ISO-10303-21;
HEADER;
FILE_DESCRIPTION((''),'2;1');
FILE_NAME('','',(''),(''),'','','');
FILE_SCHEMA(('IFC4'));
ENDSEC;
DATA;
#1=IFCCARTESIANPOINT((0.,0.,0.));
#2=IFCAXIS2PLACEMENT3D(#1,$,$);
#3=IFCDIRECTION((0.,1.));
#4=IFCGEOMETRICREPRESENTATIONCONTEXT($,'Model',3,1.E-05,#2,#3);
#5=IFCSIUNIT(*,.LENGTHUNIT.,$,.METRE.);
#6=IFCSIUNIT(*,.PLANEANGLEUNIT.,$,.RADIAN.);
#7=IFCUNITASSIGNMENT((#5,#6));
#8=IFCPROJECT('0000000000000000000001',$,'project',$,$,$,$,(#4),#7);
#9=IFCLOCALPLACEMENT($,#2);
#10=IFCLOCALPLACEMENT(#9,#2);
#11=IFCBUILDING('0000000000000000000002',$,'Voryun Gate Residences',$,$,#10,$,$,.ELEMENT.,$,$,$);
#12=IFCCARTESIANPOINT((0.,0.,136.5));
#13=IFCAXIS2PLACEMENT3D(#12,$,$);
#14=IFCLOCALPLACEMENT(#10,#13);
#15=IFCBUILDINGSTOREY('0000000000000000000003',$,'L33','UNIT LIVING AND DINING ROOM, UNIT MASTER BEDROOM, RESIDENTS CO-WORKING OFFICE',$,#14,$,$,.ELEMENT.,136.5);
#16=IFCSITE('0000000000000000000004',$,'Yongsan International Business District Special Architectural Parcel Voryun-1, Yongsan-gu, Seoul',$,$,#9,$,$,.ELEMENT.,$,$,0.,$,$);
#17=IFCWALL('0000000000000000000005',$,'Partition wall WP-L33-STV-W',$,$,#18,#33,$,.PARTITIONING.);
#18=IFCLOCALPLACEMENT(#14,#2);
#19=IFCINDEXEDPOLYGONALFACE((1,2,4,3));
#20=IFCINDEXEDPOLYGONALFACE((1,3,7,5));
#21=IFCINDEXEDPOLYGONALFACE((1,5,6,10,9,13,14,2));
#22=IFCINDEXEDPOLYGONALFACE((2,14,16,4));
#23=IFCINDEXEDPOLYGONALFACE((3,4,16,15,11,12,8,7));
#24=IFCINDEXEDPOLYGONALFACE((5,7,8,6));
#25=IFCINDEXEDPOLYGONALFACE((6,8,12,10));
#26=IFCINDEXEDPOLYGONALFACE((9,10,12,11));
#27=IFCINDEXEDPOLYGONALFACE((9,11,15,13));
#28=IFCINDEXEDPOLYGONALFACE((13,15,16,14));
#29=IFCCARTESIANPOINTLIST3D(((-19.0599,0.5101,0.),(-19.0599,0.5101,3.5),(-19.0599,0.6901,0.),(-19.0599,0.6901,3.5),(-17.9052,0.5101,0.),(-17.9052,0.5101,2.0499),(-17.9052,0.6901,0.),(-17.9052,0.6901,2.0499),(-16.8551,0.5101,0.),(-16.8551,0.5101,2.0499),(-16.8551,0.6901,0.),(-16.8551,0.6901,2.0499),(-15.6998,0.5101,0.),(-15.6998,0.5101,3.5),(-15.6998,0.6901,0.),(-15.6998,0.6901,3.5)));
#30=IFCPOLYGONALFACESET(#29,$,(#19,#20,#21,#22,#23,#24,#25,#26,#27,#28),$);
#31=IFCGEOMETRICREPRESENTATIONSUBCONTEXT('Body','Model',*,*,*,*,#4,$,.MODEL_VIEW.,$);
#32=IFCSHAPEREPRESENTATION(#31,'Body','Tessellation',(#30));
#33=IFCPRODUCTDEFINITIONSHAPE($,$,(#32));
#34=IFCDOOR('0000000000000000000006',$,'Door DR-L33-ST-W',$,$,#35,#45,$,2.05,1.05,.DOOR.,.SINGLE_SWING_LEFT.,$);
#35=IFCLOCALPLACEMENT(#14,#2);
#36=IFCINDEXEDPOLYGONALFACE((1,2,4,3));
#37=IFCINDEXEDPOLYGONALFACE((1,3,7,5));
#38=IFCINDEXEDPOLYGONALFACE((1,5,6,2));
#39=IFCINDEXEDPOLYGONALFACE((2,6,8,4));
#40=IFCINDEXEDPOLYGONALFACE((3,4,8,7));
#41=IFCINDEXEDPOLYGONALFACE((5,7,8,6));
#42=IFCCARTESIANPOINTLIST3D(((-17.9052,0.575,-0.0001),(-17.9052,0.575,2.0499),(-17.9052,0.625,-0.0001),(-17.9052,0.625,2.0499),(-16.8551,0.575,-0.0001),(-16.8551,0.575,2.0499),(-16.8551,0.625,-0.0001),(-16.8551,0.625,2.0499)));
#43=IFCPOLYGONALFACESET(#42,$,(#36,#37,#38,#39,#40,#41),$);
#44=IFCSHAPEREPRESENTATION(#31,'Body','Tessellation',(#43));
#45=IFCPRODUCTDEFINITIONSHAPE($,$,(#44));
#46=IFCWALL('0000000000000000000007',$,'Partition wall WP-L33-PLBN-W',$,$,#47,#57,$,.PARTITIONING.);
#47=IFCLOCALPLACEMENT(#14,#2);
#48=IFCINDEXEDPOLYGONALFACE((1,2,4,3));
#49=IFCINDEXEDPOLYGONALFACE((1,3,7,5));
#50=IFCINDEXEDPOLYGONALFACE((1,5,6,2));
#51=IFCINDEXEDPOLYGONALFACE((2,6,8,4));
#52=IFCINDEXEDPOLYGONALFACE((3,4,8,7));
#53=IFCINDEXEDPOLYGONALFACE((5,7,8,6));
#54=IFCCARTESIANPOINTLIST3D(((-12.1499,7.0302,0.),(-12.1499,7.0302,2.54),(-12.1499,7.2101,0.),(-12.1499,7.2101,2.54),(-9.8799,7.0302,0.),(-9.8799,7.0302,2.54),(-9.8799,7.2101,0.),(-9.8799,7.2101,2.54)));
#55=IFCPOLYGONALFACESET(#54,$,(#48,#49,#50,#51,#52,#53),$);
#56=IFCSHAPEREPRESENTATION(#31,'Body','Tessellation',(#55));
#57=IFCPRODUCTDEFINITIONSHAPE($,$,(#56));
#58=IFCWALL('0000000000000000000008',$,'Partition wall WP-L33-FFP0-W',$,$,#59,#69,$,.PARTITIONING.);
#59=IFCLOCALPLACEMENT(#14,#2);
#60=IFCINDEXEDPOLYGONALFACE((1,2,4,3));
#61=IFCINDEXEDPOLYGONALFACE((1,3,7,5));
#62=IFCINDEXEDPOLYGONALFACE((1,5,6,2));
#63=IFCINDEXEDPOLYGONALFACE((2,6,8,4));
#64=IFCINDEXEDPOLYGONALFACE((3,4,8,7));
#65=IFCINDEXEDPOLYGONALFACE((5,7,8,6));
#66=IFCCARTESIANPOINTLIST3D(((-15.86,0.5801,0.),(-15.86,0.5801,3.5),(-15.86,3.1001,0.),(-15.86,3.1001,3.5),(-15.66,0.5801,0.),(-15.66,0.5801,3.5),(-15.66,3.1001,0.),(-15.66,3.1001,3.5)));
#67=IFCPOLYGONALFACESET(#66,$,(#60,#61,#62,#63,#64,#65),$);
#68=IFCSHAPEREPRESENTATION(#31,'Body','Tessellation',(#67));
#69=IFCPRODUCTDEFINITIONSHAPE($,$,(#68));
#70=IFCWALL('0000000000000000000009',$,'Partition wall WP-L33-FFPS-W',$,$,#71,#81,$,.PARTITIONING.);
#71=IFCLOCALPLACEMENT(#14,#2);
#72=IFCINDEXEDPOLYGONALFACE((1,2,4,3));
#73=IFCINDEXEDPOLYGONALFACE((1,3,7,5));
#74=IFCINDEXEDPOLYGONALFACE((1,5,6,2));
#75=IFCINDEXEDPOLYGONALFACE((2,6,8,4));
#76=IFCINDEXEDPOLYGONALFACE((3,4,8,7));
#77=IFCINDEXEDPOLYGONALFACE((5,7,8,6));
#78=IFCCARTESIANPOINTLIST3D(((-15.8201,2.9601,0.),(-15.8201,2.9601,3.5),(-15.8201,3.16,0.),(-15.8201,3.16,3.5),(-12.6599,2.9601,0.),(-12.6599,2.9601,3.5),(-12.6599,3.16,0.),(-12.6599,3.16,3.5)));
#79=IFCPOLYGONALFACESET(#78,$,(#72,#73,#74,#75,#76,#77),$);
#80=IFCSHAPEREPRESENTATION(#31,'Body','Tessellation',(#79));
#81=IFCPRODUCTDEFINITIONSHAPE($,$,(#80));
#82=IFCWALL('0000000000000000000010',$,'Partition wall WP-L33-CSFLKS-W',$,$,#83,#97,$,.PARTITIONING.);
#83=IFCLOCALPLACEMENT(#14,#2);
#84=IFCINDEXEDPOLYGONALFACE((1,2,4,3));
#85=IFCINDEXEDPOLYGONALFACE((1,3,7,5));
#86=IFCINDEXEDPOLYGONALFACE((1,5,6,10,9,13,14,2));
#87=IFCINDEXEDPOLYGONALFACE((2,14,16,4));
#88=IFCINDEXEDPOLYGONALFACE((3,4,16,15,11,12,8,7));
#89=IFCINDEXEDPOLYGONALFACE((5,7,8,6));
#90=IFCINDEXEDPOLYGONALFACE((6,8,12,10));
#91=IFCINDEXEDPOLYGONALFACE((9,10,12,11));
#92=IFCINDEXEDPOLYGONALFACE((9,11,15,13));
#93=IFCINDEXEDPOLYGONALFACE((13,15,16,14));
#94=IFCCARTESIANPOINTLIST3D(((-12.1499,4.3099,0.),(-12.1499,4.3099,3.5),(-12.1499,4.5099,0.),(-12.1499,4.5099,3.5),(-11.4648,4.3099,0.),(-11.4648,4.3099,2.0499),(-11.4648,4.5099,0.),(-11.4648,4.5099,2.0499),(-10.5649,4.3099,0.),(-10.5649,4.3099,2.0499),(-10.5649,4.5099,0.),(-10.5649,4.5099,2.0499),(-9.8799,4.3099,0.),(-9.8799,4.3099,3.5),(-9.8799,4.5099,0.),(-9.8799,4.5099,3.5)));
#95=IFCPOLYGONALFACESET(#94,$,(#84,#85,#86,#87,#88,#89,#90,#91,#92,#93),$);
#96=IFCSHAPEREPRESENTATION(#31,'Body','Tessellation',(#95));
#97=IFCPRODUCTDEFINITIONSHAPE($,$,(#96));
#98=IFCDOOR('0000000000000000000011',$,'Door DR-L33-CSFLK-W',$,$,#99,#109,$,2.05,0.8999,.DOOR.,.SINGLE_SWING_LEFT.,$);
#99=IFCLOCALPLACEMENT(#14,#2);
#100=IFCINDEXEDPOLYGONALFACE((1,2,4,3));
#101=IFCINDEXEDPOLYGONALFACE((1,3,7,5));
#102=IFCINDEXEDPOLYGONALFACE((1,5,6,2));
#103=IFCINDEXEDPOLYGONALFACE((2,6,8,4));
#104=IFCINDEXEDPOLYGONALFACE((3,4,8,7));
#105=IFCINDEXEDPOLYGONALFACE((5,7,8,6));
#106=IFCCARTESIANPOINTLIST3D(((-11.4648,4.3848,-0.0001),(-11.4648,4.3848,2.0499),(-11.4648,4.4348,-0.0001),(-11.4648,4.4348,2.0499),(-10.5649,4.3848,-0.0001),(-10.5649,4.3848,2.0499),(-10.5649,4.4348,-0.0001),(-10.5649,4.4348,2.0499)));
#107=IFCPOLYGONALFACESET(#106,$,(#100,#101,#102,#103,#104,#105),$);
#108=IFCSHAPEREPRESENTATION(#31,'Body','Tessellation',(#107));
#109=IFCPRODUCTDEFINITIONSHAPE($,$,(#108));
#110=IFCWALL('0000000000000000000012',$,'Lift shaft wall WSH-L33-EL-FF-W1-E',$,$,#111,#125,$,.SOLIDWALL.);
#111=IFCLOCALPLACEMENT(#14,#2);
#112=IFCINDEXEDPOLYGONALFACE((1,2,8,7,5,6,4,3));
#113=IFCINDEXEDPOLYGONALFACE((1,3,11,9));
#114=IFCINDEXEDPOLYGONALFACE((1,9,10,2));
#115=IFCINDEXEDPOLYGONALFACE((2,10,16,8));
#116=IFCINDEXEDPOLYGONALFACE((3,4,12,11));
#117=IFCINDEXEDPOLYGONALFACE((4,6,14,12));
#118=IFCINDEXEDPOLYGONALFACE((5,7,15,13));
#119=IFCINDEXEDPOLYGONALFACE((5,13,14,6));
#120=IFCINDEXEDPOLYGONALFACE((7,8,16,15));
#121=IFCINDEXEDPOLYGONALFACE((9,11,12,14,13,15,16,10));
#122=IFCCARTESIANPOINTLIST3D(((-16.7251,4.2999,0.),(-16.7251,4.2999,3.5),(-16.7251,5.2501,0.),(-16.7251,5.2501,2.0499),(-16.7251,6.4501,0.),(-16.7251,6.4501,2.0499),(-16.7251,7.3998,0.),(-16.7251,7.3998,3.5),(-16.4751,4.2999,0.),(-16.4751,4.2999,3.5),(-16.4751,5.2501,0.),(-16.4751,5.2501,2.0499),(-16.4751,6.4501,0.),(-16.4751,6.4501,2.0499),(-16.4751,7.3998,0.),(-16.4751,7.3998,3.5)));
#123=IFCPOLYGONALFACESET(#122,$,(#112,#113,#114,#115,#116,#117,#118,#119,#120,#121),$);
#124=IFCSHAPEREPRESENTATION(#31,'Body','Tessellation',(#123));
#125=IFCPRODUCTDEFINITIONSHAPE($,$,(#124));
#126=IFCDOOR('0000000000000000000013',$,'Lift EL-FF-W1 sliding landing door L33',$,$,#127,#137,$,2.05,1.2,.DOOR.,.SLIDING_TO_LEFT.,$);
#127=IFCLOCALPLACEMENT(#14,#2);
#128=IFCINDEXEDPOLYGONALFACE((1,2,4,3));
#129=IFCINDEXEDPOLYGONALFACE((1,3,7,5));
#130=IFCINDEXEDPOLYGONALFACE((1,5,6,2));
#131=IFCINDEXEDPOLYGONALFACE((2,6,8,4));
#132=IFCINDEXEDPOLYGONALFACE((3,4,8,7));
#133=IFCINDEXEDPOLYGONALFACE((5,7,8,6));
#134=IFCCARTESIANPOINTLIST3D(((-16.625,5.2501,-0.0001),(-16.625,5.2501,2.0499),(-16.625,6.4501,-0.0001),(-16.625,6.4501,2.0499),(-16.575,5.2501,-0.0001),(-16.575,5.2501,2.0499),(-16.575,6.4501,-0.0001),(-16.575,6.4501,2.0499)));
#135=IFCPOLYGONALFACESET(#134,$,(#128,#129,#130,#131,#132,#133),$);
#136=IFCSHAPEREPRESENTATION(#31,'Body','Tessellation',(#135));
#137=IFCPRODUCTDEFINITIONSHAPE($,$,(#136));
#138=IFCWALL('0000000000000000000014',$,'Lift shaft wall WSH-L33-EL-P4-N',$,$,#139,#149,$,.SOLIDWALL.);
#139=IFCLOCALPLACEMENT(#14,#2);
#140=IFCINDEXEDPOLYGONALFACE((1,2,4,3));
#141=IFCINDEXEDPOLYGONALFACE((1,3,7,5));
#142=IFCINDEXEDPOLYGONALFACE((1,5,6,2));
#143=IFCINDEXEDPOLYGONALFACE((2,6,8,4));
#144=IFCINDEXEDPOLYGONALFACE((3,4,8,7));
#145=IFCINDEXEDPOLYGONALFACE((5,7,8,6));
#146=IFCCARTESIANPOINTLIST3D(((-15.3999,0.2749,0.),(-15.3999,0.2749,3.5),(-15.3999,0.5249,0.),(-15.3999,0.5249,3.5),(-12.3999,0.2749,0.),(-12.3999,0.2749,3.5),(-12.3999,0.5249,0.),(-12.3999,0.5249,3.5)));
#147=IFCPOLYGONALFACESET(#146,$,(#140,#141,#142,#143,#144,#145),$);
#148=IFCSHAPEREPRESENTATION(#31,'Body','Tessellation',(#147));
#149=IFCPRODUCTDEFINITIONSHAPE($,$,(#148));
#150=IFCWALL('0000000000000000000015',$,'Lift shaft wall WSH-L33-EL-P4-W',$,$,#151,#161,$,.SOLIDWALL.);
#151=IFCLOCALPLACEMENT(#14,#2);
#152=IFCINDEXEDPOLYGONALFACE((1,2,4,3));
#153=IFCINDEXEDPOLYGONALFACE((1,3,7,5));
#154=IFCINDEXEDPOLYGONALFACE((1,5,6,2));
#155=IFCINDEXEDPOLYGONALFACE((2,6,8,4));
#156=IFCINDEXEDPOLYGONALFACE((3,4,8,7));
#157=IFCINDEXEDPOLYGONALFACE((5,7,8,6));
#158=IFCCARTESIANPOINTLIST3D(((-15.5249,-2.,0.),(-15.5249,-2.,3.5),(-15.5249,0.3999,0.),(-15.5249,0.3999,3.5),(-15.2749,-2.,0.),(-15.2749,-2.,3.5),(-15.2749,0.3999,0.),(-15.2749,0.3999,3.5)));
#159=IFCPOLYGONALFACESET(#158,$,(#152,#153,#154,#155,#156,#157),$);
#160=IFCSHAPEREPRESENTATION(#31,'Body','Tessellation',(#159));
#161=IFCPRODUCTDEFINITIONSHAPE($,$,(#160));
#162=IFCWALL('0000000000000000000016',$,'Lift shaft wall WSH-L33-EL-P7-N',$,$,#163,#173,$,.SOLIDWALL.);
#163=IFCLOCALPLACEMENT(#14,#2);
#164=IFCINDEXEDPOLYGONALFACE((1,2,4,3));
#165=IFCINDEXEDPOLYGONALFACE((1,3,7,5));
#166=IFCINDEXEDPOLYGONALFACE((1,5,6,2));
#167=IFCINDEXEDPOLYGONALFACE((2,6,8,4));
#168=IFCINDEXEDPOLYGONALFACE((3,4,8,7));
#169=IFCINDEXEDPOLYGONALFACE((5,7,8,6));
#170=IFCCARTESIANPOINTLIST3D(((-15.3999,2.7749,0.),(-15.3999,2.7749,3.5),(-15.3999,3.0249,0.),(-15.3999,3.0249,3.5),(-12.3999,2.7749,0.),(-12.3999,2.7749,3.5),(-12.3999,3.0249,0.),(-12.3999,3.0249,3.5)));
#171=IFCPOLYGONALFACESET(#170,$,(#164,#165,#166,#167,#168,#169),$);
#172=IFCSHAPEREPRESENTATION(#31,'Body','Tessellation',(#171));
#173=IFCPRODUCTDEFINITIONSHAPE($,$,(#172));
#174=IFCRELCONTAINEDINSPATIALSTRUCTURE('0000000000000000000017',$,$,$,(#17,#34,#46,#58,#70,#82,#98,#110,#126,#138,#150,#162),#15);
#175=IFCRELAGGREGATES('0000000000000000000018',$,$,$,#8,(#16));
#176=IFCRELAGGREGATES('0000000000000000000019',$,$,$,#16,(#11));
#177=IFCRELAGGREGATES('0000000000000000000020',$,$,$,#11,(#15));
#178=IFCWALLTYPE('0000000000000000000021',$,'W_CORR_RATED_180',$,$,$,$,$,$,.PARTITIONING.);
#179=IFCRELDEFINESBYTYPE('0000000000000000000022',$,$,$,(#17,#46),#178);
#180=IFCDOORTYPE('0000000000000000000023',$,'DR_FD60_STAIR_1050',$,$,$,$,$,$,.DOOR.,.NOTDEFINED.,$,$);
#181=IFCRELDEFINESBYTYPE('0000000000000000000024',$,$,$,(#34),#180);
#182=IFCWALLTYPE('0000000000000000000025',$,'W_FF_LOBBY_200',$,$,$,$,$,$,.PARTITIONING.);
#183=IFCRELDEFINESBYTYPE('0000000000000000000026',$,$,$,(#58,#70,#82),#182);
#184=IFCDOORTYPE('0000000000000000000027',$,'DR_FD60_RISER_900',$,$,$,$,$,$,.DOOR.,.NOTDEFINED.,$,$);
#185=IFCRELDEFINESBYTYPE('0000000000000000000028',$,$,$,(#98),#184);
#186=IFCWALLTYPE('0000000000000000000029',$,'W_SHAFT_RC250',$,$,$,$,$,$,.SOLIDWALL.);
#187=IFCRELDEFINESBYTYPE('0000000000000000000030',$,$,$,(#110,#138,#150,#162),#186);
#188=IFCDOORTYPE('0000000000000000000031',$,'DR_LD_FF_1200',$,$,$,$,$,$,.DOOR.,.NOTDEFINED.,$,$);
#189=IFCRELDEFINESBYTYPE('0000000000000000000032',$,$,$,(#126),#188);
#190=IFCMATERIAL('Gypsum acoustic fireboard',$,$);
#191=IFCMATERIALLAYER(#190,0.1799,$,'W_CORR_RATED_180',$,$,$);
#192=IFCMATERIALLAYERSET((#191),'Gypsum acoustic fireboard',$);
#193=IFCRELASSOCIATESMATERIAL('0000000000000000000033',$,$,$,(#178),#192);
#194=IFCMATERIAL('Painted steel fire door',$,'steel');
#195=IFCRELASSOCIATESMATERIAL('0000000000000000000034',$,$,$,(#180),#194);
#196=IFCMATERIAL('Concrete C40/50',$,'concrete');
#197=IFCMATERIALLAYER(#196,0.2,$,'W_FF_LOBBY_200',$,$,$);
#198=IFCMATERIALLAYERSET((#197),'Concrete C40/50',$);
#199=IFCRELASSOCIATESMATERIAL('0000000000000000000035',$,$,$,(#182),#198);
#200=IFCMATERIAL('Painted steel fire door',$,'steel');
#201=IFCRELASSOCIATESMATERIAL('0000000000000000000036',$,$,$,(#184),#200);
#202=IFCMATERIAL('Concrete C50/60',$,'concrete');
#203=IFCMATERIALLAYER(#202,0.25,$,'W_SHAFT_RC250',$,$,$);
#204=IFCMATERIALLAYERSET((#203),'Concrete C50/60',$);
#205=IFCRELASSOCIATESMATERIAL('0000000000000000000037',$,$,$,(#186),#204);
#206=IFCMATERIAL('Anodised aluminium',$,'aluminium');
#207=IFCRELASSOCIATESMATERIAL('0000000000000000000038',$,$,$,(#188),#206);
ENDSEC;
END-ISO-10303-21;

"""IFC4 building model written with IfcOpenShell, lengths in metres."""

from ifc_helpers import new_model, si_unit, direction, frame, frame_2d, origin, place, context, subcontext, project, spatial, rectangle, extrude, material, layer, layer_set, type_object, element, fill, save


model = new_model("IFC4")

# Units and contexts
model_context = context("Model", 3, precision=1e-05, world=origin(), true_north=direction((0.0, 1.0)))
body_context = subcontext(model_context, "Body", "Model", "MODEL_VIEW")
ifc_project = project(units=[si_unit("LENGTHUNIT", "METRE"), si_unit("PLANEANGLEUNIT", "RADIAN")], contexts=[model_context])

# Site, building, storey
site_placement = place(None, origin())
site = spatial("IfcSite", under=ifc_project, at=site_placement, Name="Yongsan International Business District Special Architectural Parcel Voryun-1, Yongsan-gu, Seoul", CompositionType="ELEMENT", RefElevation=0.0)
building_placement = place(site_placement, origin())
building = spatial("IfcBuilding", under=site, at=building_placement, Name="Voryun Gate Residences", CompositionType="ELEMENT")
storey_placement = place(building_placement, frame((0.0, 0.0, 136.5)))
storey = spatial("IfcBuildingStorey", under=building, at=storey_placement, Name="L33", Description="UNIT LIVING AND DINING ROOM, UNIT MASTER BEDROOM, RESIDENTS CO-WORKING OFFICE", CompositionType="ELEMENT", Elevation=136.5)

# Wall, opening, door
ifc_material_1 = material(Name="Gypsum acoustic fireboard")
ifc_layer_1 = layer(ifc_material_1, 0.1799, Name="W_CORR_RATED_180")
ifc_layer_set_1 = layer_set([ifc_layer_1], Name="Gypsum acoustic fireboard")
wall_type_1 = type_object("IfcWallType", Name="W_CORR_RATED_180", PredefinedType="PARTITIONING", material=ifc_layer_set_1)
wall_1_placement = place(storey_placement, frame((-19.0601, 0.6001, 0.0), z_axis=(0.0, 0.0, 1.0), x_axis=(1.0, 0.0, 0.0)))
wall_1 = element("IfcWall", 1, at=wall_1_placement, inside=storey, type_object=wall_type_1, Name="Partition wall WP-L33-STV-W", PredefinedType="PARTITIONING", context=body_context, shape_type="SweptSolid", body=[
    extrude(rectangle(XDim=3.3601, YDim=0.1799, at=frame_2d((1.6802, 0.0))), origin(), (0.0, 0.0, 1.0), 3.5),
])
opening_1_placement = place(wall_1_placement, frame((1.155, 0.0, 0.0)))
opening_1 = element("IfcOpeningElement", 2, at=opening_1_placement, cuts=wall_1, PredefinedType="OPENING", context=body_context, shape_type="SweptSolid", body=[
    extrude(rectangle(XDim=1.05, YDim=2.05, at=frame_2d((0.5249, 1.0249))), frame((0.0, 0.0999, 0.0), z_axis=(0.0, -1.0, 0.0), x_axis=(1.0, 0.0, 0.0)), (0.0, 0.0, 1.0), 0.2),
])
ifc_material_2 = material(Name="Painted steel fire door", Category="steel")
door_type_1 = type_object("IfcDoorType", Name="DR_FD60_STAIR_1050", OperationType="NOTDEFINED", PredefinedType="DOOR", material=ifc_material_2)
door_1_placement = place(opening_1_placement, origin())
door_1 = element("IfcDoor", 3, at=door_1_placement, inside=storey, type_object=door_type_1, Name="Door DR-L33-ST-W", OperationType="SINGLE_SWING_LEFT", OverallHeight=2.05, OverallWidth=1.05, PredefinedType="DOOR", context=body_context, shape_type="SweptSolid", body=[
    extrude(rectangle(XDim=1.05, YDim=2.05, at=frame_2d((0.5249, 1.0249))), frame((0.0, 0.0249, 0.0), z_axis=(0.0, -1.0, 0.0), x_axis=(1.0, 0.0, 0.0)), (0.0, 0.0, 1.0), 0.05),
])
fill(opening_1, door_1)

# Walls
wall_2_placement = place(storey_placement, frame((-12.1499, 7.1201, 0.0), z_axis=(0.0, 0.0, 1.0), x_axis=(1.0, 0.0, 0.0)))
element("IfcWall", 4, at=wall_2_placement, inside=storey, type_object=wall_type_1, Name="Partition wall WP-L33-PLBN-W", PredefinedType="PARTITIONING", context=body_context, shape_type="SweptSolid", body=[
    extrude(rectangle(XDim=2.27, YDim=0.1799, at=frame_2d((1.135, 0.0))), origin(), (0.0, 0.0, 1.0), 2.54),
])
ifc_material_3 = material(Name="Concrete C40/50", Category="concrete")
ifc_layer_2 = layer(ifc_material_3, 0.2, Name="W_FF_LOBBY_200")
ifc_layer_set_2 = layer_set([ifc_layer_2], Name="Concrete C40/50")
wall_type_2 = type_object("IfcWallType", Name="W_FF_LOBBY_200", PredefinedType="PARTITIONING", material=ifc_layer_set_2)
wall_3_placement = place(storey_placement, frame((-15.76, 0.5801, 0.0), z_axis=(0.0, 0.0, 1.0), x_axis=(0.0, 1.0, 0.0)))
element("IfcWall", 5, at=wall_3_placement, inside=storey, type_object=wall_type_2, Name="Partition wall WP-L33-FFP0-W", PredefinedType="PARTITIONING", context=body_context, shape_type="SweptSolid", body=[
    extrude(rectangle(XDim=2.52, YDim=0.2, at=frame_2d((1.26, 0.0))), origin(), (0.0, 0.0, 1.0), 3.5),
])
wall_4_placement = place(storey_placement, frame((-15.8201, 3.0601, 0.0), z_axis=(0.0, 0.0, 1.0), x_axis=(1.0, 0.0, 0.0)))
element("IfcWall", 6, at=wall_4_placement, inside=storey, type_object=wall_type_2, Name="Partition wall WP-L33-FFPS-W", PredefinedType="PARTITIONING", context=body_context, shape_type="SweptSolid", body=[
    extrude(rectangle(XDim=3.1602, YDim=0.2, at=frame_2d((1.5801, 0.0))), origin(), (0.0, 0.0, 1.0), 3.5),
])

# Walls, openings, doors
wall_5_placement = place(storey_placement, frame((-12.1499, 4.4099, 0.0), z_axis=(0.0, 0.0, 1.0), x_axis=(1.0, 0.0, 0.0)))
wall_5 = element("IfcWall", 7, at=wall_5_placement, inside=storey, type_object=wall_type_2, Name="Partition wall WP-L33-CSFLKS-W", PredefinedType="PARTITIONING", context=body_context, shape_type="SweptSolid", body=[
    extrude(rectangle(XDim=2.27, YDim=0.2, at=frame_2d((1.135, 0.0))), origin(), (0.0, 0.0, 1.0), 3.5),
])
opening_2_placement = place(wall_5_placement, frame((0.6851, 0.0, 0.0)))
opening_2 = element("IfcOpeningElement", 8, at=opening_2_placement, cuts=wall_5, PredefinedType="OPENING", context=body_context, shape_type="SweptSolid", body=[
    extrude(rectangle(XDim=0.8999, YDim=2.05, at=frame_2d((0.45, 1.0249))), frame((0.0, 0.1101, 0.0), z_axis=(0.0, -1.0, 0.0), x_axis=(1.0, 0.0, 0.0)), (0.0, 0.0, 1.0), 0.22),
])
ifc_material_4 = material(Name="Painted steel fire door", Category="steel")
door_type_2 = type_object("IfcDoorType", Name="DR_FD60_RISER_900", OperationType="NOTDEFINED", PredefinedType="DOOR", material=ifc_material_4)
door_2_placement = place(opening_2_placement, origin())
door_2 = element("IfcDoor", 9, at=door_2_placement, inside=storey, type_object=door_type_2, Name="Door DR-L33-CSFLK-W", OperationType="SINGLE_SWING_LEFT", OverallHeight=2.05, OverallWidth=0.8999, PredefinedType="DOOR", context=body_context, shape_type="SweptSolid", body=[
    extrude(rectangle(XDim=0.8999, YDim=2.05, at=frame_2d((0.45, 1.0249))), frame((0.0, 0.0249, 0.0), z_axis=(0.0, -1.0, 0.0), x_axis=(1.0, 0.0, 0.0)), (0.0, 0.0, 1.0), 0.05),
])
fill(opening_2, door_2)
ifc_material_5 = material(Name="Concrete C50/60", Category="concrete")
ifc_layer_3 = layer(ifc_material_5, 0.25, Name="W_SHAFT_RC250")
ifc_layer_set_3 = layer_set([ifc_layer_3], Name="Concrete C50/60")
wall_type_3 = type_object("IfcWallType", Name="W_SHAFT_RC250", PredefinedType="SOLIDWALL", material=ifc_layer_set_3)
wall_6_placement = place(storey_placement, frame((-16.6001, 4.3, 0.0), z_axis=(0.0, 0.0, 1.0), x_axis=(0.0, 1.0, 0.0)))
wall_6 = element("IfcWall", 10, at=wall_6_placement, inside=storey, type_object=wall_type_3, Name="Lift shaft wall WSH-L33-EL-FF-W1-E", PredefinedType="SOLIDWALL", context=body_context, shape_type="SweptSolid", body=[
    extrude(rectangle(XDim=3.0999, YDim=0.25, at=frame_2d((1.5498, 0.0))), origin(), (0.0, 0.0, 1.0), 3.5),
])
opening_3_placement = place(wall_6_placement, frame((0.95, 0.0, 0.0)))
opening_3 = element("IfcOpeningElement", 11, at=opening_3_placement, cuts=wall_6, PredefinedType="OPENING", context=body_context, shape_type="SweptSolid", body=[
    extrude(rectangle(XDim=1.2, YDim=2.05, at=frame_2d((0.6001, 1.0249))), frame((0.0, 0.135, 0.0), z_axis=(0.0, -1.0, 0.0), x_axis=(1.0, 0.0, 0.0)), (0.0, 0.0, 1.0), 0.27),
])
ifc_material_6 = material(Name="Anodised aluminium", Category="aluminium")
door_type_3 = type_object("IfcDoorType", Name="DR_LD_FF_1200", OperationType="NOTDEFINED", PredefinedType="DOOR", material=ifc_material_6)
door_3_placement = place(opening_3_placement, origin())
door_3 = element("IfcDoor", 12, at=door_3_placement, inside=storey, type_object=door_type_3, Name="Lift EL-FF-W1 sliding landing door L33", OperationType="SLIDING_TO_LEFT", OverallHeight=2.05, OverallWidth=1.2, PredefinedType="DOOR", context=body_context, shape_type="SweptSolid", body=[
    extrude(rectangle(XDim=1.2, YDim=2.05, at=frame_2d((0.6001, 1.0249))), frame((0.0, 0.0249, 0.0), z_axis=(0.0, -1.0, 0.0), x_axis=(1.0, 0.0, 0.0)), (0.0, 0.0, 1.0), 0.05),
])
fill(opening_3, door_3)

# Walls
wall_7_placement = place(storey_placement, frame((-12.3999, 0.3999, 0.0), z_axis=(0.0, 0.0, 1.0), x_axis=(-1.0, 0.0, 0.0)))
element("IfcWall", 13, at=wall_7_placement, inside=storey, type_object=wall_type_3, Name="Lift shaft wall WSH-L33-EL-P4-N", PredefinedType="SOLIDWALL", context=body_context, shape_type="SweptSolid", body=[
    extrude(rectangle(XDim=3.0, YDim=0.25, at=frame_2d((1.5, 0.0))), origin(), (0.0, 0.0, 1.0), 3.5),
])
wall_8_placement = place(storey_placement, frame((-15.3999, 0.3999, 0.0), z_axis=(0.0, 0.0, 1.0), x_axis=(0.0, -1.0, 0.0)))
element("IfcWall", 14, at=wall_8_placement, inside=storey, type_object=wall_type_3, Name="Lift shaft wall WSH-L33-EL-P4-W", PredefinedType="SOLIDWALL", context=body_context, shape_type="SweptSolid", body=[
    extrude(rectangle(XDim=2.3999, YDim=0.25, at=frame_2d((1.2, 0.0))), origin(), (0.0, 0.0, 1.0), 3.5),
])
wall_9_placement = place(storey_placement, frame((-12.3999, 2.8999, 0.0), z_axis=(0.0, 0.0, 1.0), x_axis=(-1.0, 0.0, 0.0)))
element("IfcWall", 15, at=wall_9_placement, inside=storey, type_object=wall_type_3, Name="Lift shaft wall WSH-L33-EL-P7-N", PredefinedType="SOLIDWALL", context=body_context, shape_type="SweptSolid", body=[
    extrude(rectangle(XDim=3.0, YDim=0.25, at=frame_2d((1.5, 0.0))), origin(), (0.0, 0.0, 1.0), 3.5),
])

save(model, "model.ifc")
